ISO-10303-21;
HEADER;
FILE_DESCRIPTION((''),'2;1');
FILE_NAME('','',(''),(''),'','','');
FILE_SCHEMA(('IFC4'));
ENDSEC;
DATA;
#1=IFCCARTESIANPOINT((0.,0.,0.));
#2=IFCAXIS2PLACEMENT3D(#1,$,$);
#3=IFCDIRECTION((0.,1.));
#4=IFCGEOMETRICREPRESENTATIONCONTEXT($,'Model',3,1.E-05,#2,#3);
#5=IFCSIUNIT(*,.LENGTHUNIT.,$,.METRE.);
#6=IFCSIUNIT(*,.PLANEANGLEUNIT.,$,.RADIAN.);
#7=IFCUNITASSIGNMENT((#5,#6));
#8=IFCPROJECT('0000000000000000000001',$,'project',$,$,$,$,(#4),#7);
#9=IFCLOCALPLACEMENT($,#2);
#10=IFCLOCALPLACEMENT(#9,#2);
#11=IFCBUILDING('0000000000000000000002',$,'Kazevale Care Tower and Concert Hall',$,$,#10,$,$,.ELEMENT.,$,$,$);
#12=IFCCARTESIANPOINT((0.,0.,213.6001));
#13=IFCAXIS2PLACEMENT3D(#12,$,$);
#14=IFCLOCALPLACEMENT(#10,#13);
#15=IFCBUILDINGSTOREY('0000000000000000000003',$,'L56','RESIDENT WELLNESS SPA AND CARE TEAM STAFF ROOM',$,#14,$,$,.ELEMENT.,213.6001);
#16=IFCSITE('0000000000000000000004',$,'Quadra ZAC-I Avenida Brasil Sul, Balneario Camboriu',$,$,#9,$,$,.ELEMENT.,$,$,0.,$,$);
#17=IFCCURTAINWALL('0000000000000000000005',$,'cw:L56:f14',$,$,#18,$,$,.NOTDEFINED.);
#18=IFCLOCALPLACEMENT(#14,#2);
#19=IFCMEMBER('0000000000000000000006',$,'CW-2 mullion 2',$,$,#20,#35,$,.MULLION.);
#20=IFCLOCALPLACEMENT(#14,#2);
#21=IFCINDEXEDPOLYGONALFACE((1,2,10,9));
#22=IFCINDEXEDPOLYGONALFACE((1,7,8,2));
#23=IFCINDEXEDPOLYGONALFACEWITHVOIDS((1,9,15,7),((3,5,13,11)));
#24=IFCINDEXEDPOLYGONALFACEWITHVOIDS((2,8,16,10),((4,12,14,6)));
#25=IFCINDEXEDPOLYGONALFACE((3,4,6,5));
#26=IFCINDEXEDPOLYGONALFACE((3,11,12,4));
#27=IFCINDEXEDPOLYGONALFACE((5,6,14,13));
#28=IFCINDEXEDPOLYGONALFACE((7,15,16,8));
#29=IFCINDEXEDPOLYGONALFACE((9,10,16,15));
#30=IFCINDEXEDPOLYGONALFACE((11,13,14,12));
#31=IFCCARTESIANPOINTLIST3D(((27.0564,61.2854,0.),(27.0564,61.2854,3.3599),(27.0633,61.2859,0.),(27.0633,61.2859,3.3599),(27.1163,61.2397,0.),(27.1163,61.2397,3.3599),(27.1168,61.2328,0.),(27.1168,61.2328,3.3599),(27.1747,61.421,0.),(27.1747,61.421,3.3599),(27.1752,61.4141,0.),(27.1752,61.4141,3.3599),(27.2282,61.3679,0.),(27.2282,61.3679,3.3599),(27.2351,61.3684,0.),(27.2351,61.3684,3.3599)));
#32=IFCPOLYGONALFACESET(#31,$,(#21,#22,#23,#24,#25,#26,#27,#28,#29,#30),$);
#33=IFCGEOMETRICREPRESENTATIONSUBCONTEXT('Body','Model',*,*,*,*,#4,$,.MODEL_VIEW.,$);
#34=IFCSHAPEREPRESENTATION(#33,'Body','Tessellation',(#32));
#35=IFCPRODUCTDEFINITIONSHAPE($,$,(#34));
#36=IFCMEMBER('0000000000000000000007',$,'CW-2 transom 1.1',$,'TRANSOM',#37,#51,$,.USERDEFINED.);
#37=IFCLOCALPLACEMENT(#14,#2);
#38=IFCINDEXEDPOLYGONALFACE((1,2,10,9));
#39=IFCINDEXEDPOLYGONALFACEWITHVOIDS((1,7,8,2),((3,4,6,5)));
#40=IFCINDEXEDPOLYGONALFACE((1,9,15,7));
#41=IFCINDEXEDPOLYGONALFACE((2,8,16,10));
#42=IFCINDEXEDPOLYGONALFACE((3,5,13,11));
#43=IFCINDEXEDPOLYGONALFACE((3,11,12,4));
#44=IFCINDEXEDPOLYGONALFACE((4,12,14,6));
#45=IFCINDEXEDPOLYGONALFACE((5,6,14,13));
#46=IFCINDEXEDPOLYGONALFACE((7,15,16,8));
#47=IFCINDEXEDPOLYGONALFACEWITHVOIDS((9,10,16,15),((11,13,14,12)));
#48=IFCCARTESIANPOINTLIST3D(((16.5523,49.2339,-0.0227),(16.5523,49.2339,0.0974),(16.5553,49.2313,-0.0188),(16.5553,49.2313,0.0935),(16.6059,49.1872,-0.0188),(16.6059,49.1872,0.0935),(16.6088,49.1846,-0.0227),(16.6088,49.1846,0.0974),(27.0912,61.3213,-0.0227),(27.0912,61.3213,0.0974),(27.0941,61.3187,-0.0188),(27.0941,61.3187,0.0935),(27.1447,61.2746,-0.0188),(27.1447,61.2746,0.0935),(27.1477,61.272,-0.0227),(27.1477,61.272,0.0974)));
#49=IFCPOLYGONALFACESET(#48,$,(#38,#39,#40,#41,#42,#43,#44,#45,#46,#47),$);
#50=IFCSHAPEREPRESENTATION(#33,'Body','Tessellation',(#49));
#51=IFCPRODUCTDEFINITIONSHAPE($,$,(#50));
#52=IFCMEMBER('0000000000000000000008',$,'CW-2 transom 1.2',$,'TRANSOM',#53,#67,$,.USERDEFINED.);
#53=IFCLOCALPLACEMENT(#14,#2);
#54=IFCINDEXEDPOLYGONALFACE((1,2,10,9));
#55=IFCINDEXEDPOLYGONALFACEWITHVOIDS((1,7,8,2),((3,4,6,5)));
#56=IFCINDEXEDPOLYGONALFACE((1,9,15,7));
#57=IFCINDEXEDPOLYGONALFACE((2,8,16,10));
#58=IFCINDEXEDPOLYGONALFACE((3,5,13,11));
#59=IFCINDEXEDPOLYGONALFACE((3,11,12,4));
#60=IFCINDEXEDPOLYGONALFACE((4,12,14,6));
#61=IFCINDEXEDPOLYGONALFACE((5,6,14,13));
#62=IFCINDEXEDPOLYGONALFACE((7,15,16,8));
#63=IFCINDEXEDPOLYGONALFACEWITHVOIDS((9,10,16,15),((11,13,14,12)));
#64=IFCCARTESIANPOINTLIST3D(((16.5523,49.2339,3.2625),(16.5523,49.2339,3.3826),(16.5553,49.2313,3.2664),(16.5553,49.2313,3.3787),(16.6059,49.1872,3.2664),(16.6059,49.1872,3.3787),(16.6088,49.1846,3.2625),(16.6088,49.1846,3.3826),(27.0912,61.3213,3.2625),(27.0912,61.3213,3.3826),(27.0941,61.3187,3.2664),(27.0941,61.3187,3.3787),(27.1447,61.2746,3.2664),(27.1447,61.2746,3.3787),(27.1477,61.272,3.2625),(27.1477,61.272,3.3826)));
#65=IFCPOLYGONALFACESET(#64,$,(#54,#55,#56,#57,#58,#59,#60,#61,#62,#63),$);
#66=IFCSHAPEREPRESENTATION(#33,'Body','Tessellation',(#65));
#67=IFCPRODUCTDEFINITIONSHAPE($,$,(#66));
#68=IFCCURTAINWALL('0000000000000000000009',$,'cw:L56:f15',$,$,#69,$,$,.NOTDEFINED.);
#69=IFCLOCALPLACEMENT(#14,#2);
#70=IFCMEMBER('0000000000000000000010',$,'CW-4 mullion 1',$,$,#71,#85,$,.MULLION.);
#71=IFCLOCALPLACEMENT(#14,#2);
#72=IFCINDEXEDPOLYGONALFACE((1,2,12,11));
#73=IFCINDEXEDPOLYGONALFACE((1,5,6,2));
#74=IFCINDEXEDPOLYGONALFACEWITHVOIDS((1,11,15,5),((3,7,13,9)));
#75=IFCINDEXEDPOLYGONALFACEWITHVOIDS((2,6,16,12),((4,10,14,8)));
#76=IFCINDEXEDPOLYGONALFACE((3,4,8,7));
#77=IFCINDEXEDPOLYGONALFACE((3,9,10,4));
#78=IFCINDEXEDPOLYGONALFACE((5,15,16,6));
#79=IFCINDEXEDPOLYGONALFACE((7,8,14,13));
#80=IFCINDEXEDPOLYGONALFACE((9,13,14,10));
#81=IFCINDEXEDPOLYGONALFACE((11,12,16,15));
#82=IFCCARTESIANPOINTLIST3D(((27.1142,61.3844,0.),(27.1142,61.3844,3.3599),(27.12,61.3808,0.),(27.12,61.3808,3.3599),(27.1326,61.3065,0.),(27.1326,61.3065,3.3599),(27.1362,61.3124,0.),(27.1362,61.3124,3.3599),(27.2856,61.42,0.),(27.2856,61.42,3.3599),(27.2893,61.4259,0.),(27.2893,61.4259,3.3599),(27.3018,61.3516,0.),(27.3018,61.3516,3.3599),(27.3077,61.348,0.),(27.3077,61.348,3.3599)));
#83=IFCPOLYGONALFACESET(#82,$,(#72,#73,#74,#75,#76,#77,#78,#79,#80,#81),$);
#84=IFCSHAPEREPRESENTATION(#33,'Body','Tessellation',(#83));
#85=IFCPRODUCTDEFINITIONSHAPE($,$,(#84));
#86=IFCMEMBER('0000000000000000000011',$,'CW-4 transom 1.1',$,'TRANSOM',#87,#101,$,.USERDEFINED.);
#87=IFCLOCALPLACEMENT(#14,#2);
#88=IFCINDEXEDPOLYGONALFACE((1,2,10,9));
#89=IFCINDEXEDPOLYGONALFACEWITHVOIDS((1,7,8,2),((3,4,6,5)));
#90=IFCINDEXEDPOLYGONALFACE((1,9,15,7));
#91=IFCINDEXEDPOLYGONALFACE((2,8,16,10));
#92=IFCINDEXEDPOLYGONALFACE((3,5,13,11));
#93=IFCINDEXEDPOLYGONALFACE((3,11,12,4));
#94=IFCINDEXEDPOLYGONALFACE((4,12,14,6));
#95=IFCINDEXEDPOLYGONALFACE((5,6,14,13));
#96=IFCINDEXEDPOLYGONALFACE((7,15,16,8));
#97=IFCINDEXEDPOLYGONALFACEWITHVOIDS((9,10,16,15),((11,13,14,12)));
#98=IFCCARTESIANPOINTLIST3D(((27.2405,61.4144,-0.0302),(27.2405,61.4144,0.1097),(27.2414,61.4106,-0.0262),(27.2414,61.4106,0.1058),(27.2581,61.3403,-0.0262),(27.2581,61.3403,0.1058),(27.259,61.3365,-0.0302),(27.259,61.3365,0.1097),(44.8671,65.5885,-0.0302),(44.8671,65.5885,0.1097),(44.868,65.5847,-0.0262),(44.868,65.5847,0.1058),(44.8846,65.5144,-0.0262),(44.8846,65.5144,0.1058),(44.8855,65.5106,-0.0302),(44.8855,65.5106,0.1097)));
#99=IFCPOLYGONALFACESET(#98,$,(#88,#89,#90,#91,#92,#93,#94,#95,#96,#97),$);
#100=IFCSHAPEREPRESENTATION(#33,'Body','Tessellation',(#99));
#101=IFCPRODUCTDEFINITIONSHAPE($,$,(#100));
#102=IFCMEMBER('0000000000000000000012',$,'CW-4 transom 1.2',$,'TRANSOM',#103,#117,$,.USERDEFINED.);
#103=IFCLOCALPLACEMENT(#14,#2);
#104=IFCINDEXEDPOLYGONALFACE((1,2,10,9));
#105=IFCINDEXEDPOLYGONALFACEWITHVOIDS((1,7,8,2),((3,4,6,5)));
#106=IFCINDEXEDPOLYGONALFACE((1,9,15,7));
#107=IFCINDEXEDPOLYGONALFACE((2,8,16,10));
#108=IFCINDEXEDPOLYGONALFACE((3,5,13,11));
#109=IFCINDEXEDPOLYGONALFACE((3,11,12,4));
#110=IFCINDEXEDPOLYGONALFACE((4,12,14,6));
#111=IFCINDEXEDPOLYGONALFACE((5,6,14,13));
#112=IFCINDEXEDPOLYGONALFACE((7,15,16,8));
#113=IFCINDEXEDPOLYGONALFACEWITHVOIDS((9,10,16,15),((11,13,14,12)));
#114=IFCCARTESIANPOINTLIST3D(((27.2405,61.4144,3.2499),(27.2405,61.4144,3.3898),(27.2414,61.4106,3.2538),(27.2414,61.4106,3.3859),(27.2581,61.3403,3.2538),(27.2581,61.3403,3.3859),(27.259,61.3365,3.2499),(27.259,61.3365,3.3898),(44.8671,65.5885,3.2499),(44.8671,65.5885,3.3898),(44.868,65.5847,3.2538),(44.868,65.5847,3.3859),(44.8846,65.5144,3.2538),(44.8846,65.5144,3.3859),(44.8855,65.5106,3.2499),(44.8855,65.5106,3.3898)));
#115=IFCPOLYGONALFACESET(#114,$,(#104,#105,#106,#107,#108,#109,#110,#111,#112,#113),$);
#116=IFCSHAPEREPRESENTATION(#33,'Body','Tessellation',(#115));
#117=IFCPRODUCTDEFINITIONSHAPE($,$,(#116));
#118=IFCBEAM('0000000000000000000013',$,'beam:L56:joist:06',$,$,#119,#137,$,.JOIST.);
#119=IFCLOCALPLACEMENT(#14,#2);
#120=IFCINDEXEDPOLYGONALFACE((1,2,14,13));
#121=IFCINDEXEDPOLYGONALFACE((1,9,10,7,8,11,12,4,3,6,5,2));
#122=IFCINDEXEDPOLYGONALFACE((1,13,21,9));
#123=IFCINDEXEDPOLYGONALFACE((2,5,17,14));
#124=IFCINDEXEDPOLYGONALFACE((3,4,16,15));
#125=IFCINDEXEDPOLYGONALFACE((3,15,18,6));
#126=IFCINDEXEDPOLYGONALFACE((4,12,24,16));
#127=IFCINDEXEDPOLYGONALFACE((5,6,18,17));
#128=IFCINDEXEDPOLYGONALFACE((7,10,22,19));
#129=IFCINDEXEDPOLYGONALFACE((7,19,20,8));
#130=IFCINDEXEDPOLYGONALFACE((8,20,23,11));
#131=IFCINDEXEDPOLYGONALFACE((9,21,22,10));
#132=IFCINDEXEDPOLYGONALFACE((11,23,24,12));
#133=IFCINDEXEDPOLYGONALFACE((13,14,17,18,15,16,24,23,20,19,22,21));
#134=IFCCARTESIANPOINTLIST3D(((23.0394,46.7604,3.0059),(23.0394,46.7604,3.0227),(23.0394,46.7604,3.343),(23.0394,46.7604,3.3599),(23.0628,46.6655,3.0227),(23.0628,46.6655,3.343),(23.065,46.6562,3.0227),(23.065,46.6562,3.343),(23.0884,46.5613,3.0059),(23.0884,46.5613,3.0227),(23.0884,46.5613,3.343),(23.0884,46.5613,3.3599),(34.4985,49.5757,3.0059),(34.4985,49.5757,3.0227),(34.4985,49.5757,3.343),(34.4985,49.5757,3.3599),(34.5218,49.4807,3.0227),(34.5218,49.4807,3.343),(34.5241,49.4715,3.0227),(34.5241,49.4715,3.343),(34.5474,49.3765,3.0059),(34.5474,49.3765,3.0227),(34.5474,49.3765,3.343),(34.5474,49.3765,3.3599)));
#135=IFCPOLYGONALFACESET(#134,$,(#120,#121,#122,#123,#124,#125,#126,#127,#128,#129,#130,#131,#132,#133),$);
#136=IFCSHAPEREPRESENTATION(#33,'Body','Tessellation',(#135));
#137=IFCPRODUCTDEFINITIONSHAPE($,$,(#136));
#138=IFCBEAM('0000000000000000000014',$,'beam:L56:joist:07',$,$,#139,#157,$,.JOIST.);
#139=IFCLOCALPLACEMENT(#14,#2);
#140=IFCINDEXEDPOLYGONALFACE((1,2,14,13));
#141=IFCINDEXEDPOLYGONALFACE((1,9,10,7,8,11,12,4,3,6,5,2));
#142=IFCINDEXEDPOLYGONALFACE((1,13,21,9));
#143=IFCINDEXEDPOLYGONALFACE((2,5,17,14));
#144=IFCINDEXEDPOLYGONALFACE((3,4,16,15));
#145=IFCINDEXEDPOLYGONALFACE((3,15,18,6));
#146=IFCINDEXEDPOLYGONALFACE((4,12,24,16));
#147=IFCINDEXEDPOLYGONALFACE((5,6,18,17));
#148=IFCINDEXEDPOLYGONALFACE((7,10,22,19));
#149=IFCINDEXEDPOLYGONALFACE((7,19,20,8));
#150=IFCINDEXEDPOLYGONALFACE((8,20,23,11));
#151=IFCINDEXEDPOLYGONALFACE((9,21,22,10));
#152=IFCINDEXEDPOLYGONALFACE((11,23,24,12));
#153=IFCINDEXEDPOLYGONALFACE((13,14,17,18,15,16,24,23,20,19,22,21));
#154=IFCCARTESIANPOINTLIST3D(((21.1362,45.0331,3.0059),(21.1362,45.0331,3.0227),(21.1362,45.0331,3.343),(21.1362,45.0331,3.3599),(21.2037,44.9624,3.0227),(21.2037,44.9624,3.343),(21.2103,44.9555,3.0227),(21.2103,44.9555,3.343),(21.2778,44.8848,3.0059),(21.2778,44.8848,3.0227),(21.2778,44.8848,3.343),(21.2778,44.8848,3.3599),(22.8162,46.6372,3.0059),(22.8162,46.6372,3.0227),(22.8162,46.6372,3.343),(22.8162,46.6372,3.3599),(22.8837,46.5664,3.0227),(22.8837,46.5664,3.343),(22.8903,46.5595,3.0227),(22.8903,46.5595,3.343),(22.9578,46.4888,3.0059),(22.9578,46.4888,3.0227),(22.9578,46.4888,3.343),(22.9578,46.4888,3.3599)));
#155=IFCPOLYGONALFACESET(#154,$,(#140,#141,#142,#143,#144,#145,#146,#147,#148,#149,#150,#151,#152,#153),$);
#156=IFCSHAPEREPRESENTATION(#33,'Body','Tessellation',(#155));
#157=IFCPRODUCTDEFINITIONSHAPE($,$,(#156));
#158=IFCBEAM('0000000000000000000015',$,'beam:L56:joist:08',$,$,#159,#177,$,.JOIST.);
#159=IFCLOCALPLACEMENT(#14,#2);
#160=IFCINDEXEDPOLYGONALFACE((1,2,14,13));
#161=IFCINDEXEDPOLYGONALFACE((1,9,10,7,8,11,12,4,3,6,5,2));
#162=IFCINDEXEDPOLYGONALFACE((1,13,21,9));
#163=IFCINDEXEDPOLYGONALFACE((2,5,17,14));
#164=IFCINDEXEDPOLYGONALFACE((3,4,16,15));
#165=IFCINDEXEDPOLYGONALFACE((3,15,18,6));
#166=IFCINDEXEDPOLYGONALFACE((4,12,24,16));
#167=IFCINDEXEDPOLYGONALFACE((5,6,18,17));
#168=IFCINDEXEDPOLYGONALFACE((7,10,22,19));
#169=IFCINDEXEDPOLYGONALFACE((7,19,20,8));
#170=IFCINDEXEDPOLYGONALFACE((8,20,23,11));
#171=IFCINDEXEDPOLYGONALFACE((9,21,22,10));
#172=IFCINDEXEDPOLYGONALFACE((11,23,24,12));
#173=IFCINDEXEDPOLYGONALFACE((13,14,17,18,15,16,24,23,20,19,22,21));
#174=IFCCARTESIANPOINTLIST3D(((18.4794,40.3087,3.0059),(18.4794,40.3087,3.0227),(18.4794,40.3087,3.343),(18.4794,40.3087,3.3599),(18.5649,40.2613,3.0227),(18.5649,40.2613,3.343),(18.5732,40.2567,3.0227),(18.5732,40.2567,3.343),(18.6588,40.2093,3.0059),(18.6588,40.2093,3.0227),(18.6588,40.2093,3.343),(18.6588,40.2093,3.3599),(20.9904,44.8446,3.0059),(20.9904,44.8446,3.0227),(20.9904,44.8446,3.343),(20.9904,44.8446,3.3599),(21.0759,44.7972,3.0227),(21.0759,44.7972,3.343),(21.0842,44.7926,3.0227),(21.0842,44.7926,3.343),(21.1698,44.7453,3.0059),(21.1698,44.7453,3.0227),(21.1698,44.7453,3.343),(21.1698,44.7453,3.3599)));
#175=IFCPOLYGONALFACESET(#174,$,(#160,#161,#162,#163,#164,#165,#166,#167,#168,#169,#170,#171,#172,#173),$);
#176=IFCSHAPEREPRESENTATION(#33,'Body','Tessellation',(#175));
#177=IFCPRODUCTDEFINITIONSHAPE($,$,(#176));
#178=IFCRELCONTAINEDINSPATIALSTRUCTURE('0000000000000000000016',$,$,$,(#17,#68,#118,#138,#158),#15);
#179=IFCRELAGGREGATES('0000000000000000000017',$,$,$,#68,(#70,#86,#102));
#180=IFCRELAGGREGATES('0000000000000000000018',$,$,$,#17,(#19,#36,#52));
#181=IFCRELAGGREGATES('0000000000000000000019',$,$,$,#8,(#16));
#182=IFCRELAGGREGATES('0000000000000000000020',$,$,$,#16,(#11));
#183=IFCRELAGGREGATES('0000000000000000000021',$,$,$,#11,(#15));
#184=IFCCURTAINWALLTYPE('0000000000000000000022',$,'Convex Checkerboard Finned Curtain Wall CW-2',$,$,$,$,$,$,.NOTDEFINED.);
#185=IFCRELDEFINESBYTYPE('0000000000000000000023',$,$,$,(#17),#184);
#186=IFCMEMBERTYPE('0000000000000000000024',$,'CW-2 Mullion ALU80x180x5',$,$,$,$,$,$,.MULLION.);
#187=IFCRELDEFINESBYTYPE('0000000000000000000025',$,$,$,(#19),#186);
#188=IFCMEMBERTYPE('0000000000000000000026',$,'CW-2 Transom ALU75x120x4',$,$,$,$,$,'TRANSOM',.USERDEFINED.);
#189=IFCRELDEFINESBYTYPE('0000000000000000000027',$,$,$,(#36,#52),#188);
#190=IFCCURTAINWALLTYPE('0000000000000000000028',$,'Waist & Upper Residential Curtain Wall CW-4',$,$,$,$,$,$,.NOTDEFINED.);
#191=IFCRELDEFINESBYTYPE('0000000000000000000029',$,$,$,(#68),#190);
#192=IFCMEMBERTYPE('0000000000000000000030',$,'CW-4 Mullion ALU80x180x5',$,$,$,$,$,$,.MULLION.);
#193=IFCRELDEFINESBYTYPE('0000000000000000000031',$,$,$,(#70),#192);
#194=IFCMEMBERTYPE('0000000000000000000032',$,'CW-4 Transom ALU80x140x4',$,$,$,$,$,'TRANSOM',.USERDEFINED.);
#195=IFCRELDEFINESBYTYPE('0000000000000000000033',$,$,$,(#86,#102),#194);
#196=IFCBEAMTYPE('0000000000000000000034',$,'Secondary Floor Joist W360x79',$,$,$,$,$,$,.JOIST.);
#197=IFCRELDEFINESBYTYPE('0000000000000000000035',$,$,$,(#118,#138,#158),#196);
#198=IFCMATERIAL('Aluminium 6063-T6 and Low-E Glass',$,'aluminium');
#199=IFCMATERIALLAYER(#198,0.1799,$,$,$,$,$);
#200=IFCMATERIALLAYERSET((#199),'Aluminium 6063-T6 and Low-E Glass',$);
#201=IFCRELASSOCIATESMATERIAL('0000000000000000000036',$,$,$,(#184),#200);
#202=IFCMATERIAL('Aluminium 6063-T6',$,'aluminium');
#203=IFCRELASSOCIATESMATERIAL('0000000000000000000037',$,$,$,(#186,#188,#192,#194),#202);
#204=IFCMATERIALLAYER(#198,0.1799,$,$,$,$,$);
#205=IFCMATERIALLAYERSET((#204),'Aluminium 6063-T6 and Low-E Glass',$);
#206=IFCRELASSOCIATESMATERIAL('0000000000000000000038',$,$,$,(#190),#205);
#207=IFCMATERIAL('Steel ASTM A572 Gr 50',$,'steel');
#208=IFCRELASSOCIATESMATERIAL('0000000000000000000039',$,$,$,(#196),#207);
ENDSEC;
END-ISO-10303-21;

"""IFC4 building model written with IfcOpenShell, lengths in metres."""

from ifc_helpers import new_model, si_unit, direction, frame, origin, origin_2d, place, context, subcontext, project, spatial, hollow_rectangle, i_section, extrude, material, layer, layer_set, material_profile, profile_set, type_object, element, aggregate, save


model = new_model("IFC4")

# Units and contexts
model_context = context("Model", 3, precision=1e-05, world=origin(), true_north=direction((0.0, 1.0)))
body_context = subcontext(model_context, "Body", "Model", "MODEL_VIEW")
ifc_project = project(units=[si_unit("LENGTHUNIT", "METRE"), si_unit("PLANEANGLEUNIT", "RADIAN")], contexts=[model_context])

# Site, building, storey
site_placement = place(None, origin())
site = spatial("IfcSite", under=ifc_project, at=site_placement, Name="Quadra ZAC-I Avenida Brasil Sul, Balneario Camboriu", CompositionType="ELEMENT", RefElevation=0.0)
building_placement = place(site_placement, origin())
building = spatial("IfcBuilding", under=site, at=building_placement, Name="Kazevale Care Tower and Concert Hall", CompositionType="ELEMENT")
storey_placement = place(building_placement, frame((0.0, 0.0, 213.6001)))
storey = spatial("IfcBuildingStorey", under=building, at=storey_placement, Name="L56", Description="RESIDENT WELLNESS SPA AND CARE TEAM STAFF ROOM", CompositionType="ELEMENT", Elevation=213.6001)

# Curtain walls, members
ifc_material_1 = material(Name="Aluminium 6063-T6 and Low-E Glass", Category="aluminium")
ifc_layer_1 = layer(ifc_material_1, 0.1799)
ifc_layer_set_1 = layer_set([ifc_layer_1], Name="Aluminium 6063-T6 and Low-E Glass")
curtain_wall_type_1 = type_object("IfcCurtainWallType", Name="Convex Checkerboard Finned Curtain Wall CW-2", PredefinedType="NOTDEFINED", material=ifc_layer_set_1)
curtain_wall_1_placement = place(storey_placement, origin())
curtain_wall_1 = element("IfcCurtainWall", 1, at=curtain_wall_1_placement, inside=storey, type_object=curtain_wall_type_1, Name="cw:L56:f14", PredefinedType="NOTDEFINED")
ifc_material_2 = material(Name="Aluminium 6063-T6", Category="aluminium")
ifc_material_profile_1 = material_profile(ifc_material_2, hollow_rectangle(XDim=0.0801, YDim=0.1799, WallThickness=0.0049, at=origin_2d()), Name="ALU80x180x5")
ifc_profile_set_1 = profile_set([ifc_material_profile_1], Name="Aluminium 6063-T6")
member_type_1 = type_object("IfcMemberType", Name="CW-2 Mullion ALU80x180x5", PredefinedType="MULLION", material=ifc_profile_set_1)
member_1_placement = place(storey_placement, frame((27.1458, 61.3269, 0.0), z_axis=(0.0, 0.0, 1.0), x_axis=(-0.753738, 0.657175, 0.0)))
member_1 = element("IfcMember", 2, at=member_1_placement, type_object=member_type_1, Name="CW-2 mullion 2", PredefinedType="MULLION", context=body_context, shape_type="SweptSolid", body=[
    extrude(hollow_rectangle(XDim=0.0801, YDim=0.1799, WallThickness=0.0049, at=origin_2d()), origin(), (0.0, 0.0, 1.0), 3.3599),
])
ifc_material_profile_2 = material_profile(ifc_material_2, hollow_rectangle(XDim=0.075, YDim=0.1201, WallThickness=0.0039, at=origin_2d()), Name="ALU75x120x4")
ifc_profile_set_2 = profile_set([ifc_material_profile_2], Name="Aluminium 6063-T6")
member_type_2 = type_object("IfcMemberType", Name="CW-2 Transom ALU75x120x4", ElementType="TRANSOM", PredefinedType="USERDEFINED", material=ifc_profile_set_2)
member_2_placement = place(storey_placement, frame((16.5806, 49.2092, 0.0374), z_axis=(0.657174, 0.753739, 0.0), x_axis=(-0.753739, 0.657174, 0.0)))
member_2 = element("IfcMember", 3, at=member_2_placement, type_object=member_type_2, Name="CW-2 transom 1.1", ObjectType="TRANSOM", PredefinedType="USERDEFINED", context=body_context, shape_type="SweptSolid", body=[
    extrude(hollow_rectangle(XDim=0.075, YDim=0.1201, WallThickness=0.0039, at=origin_2d()), origin(), (0.0, 0.0, 1.0), 16.0366),
])
member_3_placement = place(storey_placement, frame((16.5806, 49.2092, 3.3225), z_axis=(0.657174, 0.753739, 0.0), x_axis=(-0.753739, 0.657174, 0.0)))
member_3 = element("IfcMember", 4, at=member_3_placement, type_object=member_type_2, Name="CW-2 transom 1.2", ObjectType="TRANSOM", PredefinedType="USERDEFINED", context=body_context, shape_type="SweptSolid", body=[
    extrude(hollow_rectangle(XDim=0.075, YDim=0.1201, WallThickness=0.0039, at=origin_2d()), origin(), (0.0, 0.0, 1.0), 16.0366),
])
ifc_layer_2 = layer(ifc_material_1, 0.1799)
ifc_layer_set_2 = layer_set([ifc_layer_2], Name="Aluminium 6063-T6 and Low-E Glass")
curtain_wall_type_2 = type_object("IfcCurtainWallType", Name="Waist & Upper Residential Curtain Wall CW-4", PredefinedType="NOTDEFINED", material=ifc_layer_set_2)
curtain_wall_2_placement = place(storey_placement, origin())
curtain_wall_2 = element("IfcCurtainWall", 5, at=curtain_wall_2_placement, inside=storey, type_object=curtain_wall_type_2, Name="cw:L56:f15", PredefinedType="NOTDEFINED")
ifc_material_profile_3 = material_profile(ifc_material_2, hollow_rectangle(XDim=0.0801, YDim=0.1799, WallThickness=0.0049, at=origin_2d()), Name="ALU80x180x5")
ifc_profile_set_3 = profile_set([ifc_material_profile_3], Name="Aluminium 6063-T6")
member_type_3 = type_object("IfcMemberType", Name="CW-4 Mullion ALU80x180x5", PredefinedType="MULLION", material=ifc_profile_set_3)
member_4_placement = place(storey_placement, frame((27.2109, 61.3662, 0.0), z_axis=(0.0, 0.0, 1.0), x_axis=(-0.230439, 0.973087, 0.0)))
member_4 = element("IfcMember", 6, at=member_4_placement, type_object=member_type_3, Name="CW-4 mullion 1", PredefinedType="MULLION", context=body_context, shape_type="SweptSolid", body=[
    extrude(hollow_rectangle(XDim=0.0801, YDim=0.1799, WallThickness=0.0049, at=origin_2d()), origin(), (0.0, 0.0, 1.0), 3.3599),
])
ifc_material_profile_4 = material_profile(ifc_material_2, hollow_rectangle(XDim=0.0801, YDim=0.1399, WallThickness=0.0039, at=origin_2d()), Name="ALU80x140x4")
ifc_profile_set_4 = profile_set([ifc_material_profile_4], Name="Aluminium 6063-T6")
member_type_4 = type_object("IfcMemberType", Name="CW-4 Transom ALU80x140x4", ElementType="TRANSOM", PredefinedType="USERDEFINED", material=ifc_profile_set_4)
member_5_placement = place(storey_placement, frame((27.2498, 61.3755, 0.0398), z_axis=(0.973088, 0.230434, 0.0), x_axis=(-0.230434, 0.973088, 0.0)))
member_5 = element("IfcMember", 7, at=member_5_placement, type_object=member_type_4, Name="CW-4 transom 1.1", ObjectType="TRANSOM", PredefinedType="USERDEFINED", context=body_context, shape_type="SweptSolid", body=[
    extrude(hollow_rectangle(XDim=0.0801, YDim=0.1399, WallThickness=0.0039, at=origin_2d()), origin(), (0.0, 0.0, 1.0), 18.114),
])
member_6_placement = place(storey_placement, frame((27.2498, 61.3755, 3.3198), z_axis=(0.973088, 0.230434, 0.0), x_axis=(-0.230434, 0.973088, 0.0)))
member_6 = element("IfcMember", 8, at=member_6_placement, type_object=member_type_4, Name="CW-4 transom 1.2", ObjectType="TRANSOM", PredefinedType="USERDEFINED", context=body_context, shape_type="SweptSolid", body=[
    extrude(hollow_rectangle(XDim=0.0801, YDim=0.1399, WallThickness=0.0039, at=origin_2d()), origin(), (0.0, 0.0, 1.0), 18.114),
])
aggregate(curtain_wall_2, [member_4, member_5, member_6])

# Beams
ifc_material_3 = material(Name="Steel ASTM A572 Gr 50", Category="steel")
ifc_material_profile_5 = material_profile(ifc_material_3, i_section(OverallWidth=0.2051, OverallDepth=0.354, WebThickness=0.0095, FlangeThickness=0.0168, at=origin_2d()), Name="W360x79")
ifc_profile_set_5 = profile_set([ifc_material_profile_5], Name="Steel ASTM A572 Gr 50")
beam_type_1 = type_object("IfcBeamType", Name="Secondary Floor Joist W360x79", PredefinedType="JOIST", material=ifc_profile_set_5)
beam_1_placement = place(storey_placement, frame((34.5229, 49.4761, 3.1829), z_axis=(-0.971123, -0.238581, 0.0), x_axis=(0.238581, -0.971123, 0.0)))
element("IfcBeam", 9, at=beam_1_placement, inside=storey, type_object=beam_type_1, Name="beam:L56:joist:06", PredefinedType="JOIST", context=body_context, shape_type="SweptSolid", body=[
    extrude(i_section(OverallWidth=0.2051, OverallDepth=0.354, WebThickness=0.0095, FlangeThickness=0.0168, at=origin_2d()), origin(), (0.0, 0.0, 1.0), 11.7998),
])
beam_2_placement = place(storey_placement, frame((22.887, 46.563, 3.1829), z_axis=(-0.723262, -0.690573, 0.0), x_axis=(0.690573, -0.723262, 0.0)))
element("IfcBeam", 10, at=beam_2_placement, inside=storey, type_object=beam_type_1, Name="beam:L56:joist:07", PredefinedType="JOIST", context=body_context, shape_type="SweptSolid", body=[
    extrude(i_section(OverallWidth=0.2051, OverallDepth=0.354, WebThickness=0.0095, FlangeThickness=0.0168, at=origin_2d()), origin(), (0.0, 0.0, 1.0), 2.3228),
])
beam_3_placement = place(storey_placement, frame((21.0801, 44.7949, 3.1829), z_axis=(-0.484323, -0.874889, 0.0), x_axis=(0.874889, -0.484323, 0.0)))
element("IfcBeam", 11, at=beam_3_placement, inside=storey, type_object=beam_type_1, Name="beam:L56:joist:08", PredefinedType="JOIST", context=body_context, shape_type="SweptSolid", body=[
    extrude(i_section(OverallWidth=0.2051, OverallDepth=0.354, WebThickness=0.0095, FlangeThickness=0.0168, at=origin_2d()), origin(), (0.0, 0.0, 1.0), 5.1846),
])

aggregate(curtain_wall_1, [member_1, member_2, member_3])

save(model, "model.ifc")
